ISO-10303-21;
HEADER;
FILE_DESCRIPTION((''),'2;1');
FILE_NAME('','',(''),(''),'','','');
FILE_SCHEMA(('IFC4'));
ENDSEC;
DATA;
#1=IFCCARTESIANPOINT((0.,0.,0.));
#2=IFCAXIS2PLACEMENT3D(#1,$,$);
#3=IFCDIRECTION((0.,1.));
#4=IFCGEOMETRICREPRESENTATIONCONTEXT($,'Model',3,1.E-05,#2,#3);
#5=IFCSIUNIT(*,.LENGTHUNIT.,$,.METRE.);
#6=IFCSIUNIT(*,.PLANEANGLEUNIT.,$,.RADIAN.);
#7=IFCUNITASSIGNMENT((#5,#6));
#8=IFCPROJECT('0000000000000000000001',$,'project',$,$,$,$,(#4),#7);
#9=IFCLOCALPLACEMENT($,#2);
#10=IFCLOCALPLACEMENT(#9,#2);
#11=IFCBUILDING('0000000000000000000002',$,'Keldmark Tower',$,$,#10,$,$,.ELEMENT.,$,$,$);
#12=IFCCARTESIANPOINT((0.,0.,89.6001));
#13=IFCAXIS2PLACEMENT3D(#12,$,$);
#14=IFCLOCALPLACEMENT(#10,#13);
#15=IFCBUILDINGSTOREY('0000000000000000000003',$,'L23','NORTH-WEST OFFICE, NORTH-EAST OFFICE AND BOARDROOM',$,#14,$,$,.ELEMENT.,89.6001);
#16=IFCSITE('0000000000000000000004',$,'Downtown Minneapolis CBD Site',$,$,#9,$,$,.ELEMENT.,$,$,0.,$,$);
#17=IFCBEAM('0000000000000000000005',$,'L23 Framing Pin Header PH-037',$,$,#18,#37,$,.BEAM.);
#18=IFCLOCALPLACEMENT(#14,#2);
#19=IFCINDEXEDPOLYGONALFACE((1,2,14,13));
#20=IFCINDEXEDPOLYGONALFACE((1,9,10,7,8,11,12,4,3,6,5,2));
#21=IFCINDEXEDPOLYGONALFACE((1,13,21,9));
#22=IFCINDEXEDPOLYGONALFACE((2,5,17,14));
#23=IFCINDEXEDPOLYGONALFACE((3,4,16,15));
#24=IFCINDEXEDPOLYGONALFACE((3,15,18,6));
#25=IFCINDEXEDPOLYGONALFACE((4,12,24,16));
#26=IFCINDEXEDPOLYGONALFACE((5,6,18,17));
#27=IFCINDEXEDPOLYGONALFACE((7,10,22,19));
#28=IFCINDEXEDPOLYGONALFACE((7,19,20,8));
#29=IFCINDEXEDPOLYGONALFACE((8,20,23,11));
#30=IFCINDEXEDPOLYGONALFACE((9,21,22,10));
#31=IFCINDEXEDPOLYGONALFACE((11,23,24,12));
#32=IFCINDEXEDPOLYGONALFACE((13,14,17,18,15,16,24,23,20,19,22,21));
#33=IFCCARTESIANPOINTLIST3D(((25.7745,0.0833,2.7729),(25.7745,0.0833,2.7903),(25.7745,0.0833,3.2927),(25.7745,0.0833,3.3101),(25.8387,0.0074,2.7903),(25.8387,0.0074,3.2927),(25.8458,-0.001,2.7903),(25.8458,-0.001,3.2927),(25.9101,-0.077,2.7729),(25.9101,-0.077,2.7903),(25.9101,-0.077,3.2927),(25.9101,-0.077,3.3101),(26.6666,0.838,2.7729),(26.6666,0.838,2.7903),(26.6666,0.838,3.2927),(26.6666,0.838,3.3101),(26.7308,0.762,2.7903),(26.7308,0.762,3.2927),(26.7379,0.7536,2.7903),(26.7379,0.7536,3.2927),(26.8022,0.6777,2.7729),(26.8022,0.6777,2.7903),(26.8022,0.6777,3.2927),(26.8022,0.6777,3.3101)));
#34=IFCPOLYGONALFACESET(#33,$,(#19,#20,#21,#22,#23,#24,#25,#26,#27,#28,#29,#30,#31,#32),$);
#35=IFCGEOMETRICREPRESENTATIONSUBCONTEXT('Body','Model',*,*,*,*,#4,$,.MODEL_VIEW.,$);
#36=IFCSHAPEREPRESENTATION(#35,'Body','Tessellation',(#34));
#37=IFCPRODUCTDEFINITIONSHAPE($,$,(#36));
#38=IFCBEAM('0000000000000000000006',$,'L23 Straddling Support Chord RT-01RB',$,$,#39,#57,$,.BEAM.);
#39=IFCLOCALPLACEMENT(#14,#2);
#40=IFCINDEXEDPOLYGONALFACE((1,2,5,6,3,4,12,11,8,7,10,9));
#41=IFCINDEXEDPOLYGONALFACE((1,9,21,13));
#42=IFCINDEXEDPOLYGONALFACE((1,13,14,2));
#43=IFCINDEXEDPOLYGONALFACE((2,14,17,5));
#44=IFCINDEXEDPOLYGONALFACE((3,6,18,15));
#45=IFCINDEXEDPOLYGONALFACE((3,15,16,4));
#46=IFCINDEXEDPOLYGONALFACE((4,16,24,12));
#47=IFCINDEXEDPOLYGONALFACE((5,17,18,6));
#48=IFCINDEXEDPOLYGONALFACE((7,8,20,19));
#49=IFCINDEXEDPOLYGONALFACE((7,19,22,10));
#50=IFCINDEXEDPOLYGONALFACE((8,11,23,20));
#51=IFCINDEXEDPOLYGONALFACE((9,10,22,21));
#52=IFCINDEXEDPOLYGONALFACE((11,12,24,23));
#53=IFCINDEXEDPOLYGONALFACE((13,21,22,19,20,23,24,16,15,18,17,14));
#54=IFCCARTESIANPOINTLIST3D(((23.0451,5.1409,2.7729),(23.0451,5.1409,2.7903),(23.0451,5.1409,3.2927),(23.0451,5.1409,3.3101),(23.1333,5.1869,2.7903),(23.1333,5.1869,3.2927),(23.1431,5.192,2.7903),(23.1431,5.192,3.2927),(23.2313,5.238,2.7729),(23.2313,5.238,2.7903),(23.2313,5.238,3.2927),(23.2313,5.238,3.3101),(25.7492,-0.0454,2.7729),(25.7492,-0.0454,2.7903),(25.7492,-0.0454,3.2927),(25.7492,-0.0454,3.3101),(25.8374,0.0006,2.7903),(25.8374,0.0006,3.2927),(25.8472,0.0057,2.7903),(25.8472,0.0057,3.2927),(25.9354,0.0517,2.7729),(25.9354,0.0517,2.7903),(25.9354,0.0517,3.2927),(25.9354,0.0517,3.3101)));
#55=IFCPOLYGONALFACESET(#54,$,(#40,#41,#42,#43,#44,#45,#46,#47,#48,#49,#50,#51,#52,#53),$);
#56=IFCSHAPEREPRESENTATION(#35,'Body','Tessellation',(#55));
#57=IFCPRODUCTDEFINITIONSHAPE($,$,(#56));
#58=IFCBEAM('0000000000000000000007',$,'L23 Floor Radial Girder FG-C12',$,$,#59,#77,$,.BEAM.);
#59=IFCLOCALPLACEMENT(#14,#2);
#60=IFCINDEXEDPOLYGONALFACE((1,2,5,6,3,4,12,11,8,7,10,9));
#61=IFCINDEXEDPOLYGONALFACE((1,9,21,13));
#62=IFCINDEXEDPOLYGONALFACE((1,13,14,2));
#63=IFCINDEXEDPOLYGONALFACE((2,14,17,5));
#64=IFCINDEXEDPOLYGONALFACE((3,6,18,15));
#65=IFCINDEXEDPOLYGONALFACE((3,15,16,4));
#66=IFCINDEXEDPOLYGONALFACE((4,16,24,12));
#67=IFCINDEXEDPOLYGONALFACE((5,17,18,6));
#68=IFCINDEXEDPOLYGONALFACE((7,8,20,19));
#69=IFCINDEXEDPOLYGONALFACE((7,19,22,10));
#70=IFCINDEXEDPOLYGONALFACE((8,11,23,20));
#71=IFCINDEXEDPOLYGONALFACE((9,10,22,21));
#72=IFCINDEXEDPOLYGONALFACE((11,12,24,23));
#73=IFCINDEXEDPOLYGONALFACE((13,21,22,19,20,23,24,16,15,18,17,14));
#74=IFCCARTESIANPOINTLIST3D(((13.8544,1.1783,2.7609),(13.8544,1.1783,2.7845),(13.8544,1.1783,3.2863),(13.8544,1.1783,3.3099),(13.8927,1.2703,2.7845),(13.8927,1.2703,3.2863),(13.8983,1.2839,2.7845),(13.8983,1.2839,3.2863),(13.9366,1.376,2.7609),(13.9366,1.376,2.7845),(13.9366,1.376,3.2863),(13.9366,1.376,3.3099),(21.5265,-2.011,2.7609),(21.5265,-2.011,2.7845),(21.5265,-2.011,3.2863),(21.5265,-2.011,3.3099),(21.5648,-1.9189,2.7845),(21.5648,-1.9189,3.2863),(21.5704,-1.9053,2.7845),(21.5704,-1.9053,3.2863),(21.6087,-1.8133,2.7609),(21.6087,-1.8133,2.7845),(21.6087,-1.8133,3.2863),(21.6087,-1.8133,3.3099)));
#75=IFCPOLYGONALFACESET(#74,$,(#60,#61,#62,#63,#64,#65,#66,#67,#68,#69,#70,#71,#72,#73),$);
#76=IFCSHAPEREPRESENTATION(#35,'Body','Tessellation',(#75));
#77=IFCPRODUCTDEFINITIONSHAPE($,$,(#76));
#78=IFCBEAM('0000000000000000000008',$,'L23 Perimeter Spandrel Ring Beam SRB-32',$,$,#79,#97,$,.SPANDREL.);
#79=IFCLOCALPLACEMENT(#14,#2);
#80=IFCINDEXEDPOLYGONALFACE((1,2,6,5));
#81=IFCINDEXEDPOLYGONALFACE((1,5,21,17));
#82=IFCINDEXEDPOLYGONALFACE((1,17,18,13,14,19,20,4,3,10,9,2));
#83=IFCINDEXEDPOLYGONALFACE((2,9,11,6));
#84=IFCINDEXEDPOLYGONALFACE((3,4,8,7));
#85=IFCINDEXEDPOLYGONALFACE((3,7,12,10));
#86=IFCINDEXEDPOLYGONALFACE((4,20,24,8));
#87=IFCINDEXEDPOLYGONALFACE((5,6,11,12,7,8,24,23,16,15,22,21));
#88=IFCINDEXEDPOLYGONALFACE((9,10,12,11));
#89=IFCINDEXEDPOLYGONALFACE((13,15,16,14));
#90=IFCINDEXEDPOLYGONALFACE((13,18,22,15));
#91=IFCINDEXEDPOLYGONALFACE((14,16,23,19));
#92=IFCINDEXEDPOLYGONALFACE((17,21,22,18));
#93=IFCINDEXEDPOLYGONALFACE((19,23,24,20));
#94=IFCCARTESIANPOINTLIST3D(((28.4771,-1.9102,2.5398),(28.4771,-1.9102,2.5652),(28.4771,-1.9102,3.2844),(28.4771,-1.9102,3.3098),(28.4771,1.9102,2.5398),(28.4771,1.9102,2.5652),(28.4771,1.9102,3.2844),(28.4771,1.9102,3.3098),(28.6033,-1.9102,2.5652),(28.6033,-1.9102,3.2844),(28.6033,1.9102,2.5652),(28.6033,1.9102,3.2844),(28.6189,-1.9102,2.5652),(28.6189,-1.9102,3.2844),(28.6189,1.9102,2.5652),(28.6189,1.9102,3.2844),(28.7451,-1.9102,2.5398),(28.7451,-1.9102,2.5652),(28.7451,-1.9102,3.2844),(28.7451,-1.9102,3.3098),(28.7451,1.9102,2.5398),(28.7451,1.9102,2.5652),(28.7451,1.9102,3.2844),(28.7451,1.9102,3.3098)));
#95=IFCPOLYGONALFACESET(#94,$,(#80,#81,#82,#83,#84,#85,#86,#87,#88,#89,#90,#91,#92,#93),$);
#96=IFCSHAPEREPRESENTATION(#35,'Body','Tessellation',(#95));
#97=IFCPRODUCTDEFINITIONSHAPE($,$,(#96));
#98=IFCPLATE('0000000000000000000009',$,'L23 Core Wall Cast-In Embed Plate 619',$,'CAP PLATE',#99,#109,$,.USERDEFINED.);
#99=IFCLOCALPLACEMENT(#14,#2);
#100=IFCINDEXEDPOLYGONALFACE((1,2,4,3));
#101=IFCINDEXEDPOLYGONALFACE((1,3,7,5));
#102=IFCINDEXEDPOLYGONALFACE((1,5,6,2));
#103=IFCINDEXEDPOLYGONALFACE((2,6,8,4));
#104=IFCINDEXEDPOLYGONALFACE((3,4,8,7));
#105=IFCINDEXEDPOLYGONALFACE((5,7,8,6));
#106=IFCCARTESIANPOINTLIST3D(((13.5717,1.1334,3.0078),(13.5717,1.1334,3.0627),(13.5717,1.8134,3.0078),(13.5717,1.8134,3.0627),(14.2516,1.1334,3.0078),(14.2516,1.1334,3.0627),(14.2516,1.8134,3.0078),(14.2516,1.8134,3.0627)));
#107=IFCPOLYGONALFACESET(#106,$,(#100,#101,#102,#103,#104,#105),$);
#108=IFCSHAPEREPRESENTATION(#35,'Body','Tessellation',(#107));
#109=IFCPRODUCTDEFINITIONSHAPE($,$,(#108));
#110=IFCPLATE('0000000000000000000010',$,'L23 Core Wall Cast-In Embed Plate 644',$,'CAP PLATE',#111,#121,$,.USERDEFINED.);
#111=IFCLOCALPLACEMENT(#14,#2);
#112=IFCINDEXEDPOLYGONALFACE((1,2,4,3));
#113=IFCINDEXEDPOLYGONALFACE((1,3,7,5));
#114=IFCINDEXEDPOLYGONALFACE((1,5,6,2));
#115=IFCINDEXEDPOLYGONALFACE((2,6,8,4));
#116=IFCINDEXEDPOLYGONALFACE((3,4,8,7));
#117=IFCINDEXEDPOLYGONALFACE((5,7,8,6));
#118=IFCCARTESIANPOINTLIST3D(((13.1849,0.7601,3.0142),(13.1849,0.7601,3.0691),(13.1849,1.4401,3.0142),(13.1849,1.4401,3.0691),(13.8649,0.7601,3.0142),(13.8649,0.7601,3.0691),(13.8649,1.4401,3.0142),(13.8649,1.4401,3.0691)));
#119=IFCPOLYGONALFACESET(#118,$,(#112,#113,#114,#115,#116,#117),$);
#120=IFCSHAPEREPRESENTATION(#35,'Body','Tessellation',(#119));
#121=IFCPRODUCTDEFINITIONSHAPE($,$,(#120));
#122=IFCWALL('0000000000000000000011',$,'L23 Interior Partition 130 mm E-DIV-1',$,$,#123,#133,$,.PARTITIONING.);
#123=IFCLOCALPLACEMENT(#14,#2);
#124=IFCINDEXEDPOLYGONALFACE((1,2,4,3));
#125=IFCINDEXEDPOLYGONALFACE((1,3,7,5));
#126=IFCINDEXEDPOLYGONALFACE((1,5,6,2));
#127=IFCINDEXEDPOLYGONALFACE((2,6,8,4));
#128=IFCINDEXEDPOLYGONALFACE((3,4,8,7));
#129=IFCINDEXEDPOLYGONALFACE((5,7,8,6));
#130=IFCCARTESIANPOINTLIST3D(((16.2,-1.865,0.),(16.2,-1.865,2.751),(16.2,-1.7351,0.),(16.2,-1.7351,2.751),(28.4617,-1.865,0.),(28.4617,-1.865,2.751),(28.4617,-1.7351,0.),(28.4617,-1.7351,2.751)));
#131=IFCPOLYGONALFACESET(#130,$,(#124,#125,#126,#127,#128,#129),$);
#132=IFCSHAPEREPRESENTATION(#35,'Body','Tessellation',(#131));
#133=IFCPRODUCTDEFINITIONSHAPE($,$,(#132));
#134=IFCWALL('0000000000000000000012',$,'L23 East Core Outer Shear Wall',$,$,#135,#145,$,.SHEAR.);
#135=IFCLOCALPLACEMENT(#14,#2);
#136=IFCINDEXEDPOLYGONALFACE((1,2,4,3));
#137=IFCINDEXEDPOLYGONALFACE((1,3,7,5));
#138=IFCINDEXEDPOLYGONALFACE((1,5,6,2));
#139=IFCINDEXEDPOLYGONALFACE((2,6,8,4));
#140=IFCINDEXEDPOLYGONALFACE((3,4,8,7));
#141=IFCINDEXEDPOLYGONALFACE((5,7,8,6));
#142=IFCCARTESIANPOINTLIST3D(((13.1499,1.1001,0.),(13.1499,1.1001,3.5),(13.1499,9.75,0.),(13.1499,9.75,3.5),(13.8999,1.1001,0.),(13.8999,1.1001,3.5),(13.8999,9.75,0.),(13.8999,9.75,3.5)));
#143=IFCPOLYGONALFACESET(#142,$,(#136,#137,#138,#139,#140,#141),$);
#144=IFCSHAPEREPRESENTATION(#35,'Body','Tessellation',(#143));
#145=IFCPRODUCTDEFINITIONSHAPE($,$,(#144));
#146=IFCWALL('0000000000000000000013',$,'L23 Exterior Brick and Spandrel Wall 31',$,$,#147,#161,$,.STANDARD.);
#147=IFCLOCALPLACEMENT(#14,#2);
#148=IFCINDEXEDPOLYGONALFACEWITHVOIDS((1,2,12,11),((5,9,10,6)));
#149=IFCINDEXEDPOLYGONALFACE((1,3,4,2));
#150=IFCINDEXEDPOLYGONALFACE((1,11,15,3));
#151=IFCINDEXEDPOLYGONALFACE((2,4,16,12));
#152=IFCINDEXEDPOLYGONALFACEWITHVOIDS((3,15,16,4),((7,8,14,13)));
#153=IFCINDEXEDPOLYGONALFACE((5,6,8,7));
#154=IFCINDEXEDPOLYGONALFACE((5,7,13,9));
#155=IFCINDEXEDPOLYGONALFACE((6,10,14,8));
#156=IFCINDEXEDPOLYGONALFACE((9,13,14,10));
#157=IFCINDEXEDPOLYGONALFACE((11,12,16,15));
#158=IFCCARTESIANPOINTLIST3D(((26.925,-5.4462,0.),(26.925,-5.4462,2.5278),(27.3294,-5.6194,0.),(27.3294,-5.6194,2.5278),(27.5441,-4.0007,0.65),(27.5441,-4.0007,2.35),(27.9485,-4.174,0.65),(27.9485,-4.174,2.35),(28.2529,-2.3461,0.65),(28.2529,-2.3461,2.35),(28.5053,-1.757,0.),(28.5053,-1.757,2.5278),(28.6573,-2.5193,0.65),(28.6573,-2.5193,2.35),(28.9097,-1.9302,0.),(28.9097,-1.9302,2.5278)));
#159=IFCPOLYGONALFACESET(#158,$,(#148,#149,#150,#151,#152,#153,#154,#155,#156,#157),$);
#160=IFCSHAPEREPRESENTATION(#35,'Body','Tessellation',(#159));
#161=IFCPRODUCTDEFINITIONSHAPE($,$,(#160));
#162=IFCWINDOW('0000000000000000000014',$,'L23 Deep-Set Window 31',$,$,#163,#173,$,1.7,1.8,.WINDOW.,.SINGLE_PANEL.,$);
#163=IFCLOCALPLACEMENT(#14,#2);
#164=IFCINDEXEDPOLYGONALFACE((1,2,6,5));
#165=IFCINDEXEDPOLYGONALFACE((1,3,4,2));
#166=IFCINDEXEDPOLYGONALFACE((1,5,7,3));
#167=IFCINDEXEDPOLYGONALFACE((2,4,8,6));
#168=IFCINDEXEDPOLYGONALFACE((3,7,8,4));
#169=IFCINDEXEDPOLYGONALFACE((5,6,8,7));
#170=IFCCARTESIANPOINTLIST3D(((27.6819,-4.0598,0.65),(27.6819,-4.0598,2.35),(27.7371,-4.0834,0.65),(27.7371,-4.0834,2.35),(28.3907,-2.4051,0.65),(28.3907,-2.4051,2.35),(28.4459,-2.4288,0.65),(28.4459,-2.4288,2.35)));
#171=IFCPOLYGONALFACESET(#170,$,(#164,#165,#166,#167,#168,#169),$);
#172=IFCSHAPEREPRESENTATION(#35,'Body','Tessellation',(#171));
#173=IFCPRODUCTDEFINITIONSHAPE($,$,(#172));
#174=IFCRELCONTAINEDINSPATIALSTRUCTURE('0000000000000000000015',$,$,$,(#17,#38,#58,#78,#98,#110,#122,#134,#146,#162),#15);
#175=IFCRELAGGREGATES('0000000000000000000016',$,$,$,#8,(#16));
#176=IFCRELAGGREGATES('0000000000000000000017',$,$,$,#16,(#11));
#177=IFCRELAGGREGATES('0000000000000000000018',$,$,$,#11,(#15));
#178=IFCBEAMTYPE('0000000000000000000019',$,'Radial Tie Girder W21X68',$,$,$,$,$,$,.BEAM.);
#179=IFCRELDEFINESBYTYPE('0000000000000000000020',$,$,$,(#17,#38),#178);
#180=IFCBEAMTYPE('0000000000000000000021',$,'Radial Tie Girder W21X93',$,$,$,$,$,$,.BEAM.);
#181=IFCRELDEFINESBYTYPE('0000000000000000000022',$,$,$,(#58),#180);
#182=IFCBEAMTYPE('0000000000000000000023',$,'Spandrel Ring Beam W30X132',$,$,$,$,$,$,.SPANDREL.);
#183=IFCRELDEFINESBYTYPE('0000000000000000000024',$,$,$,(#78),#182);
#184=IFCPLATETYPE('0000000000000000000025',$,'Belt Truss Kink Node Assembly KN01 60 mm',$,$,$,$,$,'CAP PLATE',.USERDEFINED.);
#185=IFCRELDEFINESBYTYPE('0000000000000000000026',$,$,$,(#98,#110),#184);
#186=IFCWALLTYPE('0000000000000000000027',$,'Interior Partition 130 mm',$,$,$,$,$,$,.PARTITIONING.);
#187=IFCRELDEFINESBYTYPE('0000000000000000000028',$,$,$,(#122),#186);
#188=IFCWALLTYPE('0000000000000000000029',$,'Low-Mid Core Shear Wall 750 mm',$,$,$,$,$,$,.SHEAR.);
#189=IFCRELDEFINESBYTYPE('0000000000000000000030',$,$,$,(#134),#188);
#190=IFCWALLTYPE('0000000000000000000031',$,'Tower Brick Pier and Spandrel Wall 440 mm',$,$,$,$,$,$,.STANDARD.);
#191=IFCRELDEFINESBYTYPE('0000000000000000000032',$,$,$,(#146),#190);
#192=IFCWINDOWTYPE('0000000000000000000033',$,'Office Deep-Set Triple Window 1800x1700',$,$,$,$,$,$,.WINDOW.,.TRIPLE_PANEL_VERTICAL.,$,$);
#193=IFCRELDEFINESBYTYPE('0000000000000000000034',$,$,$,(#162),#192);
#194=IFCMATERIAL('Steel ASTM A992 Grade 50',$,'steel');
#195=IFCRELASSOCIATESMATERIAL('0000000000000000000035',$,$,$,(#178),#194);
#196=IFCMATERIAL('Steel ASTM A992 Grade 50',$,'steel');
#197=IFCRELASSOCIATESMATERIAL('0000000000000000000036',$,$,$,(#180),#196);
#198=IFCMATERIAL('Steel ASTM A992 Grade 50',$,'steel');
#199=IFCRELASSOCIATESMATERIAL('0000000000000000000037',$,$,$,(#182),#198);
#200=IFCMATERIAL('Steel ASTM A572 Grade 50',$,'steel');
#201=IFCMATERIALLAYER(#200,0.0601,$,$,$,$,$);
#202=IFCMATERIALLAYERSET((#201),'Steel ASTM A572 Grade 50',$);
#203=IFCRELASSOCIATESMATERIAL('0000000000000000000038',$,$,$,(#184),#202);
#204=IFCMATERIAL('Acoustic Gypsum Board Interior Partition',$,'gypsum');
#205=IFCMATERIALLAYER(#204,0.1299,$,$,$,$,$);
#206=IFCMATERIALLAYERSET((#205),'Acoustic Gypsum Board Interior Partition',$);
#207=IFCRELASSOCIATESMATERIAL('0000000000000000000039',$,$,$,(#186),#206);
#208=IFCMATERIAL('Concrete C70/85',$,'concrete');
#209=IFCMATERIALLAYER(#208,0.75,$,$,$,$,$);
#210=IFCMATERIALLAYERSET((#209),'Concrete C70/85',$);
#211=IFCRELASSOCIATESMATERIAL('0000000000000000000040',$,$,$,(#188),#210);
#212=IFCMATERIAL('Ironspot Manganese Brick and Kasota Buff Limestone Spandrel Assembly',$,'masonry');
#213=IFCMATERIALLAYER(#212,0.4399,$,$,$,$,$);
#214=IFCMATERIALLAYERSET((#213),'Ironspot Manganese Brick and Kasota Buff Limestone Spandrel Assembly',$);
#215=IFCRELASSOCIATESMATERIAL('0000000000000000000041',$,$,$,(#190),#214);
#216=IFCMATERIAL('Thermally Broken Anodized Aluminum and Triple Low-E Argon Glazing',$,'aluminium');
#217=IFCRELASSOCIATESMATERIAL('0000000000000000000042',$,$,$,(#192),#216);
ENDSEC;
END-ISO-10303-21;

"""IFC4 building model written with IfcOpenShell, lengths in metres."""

from ifc_helpers import new_model, si_unit, direction, frame, frame_2d, origin, origin_2d, place, context, subcontext, project, spatial, rectangle, i_section, extrude, material, layer, layer_set, material_profile, profile_set, type_object, element, fill, save


model = new_model("IFC4")

# Units and contexts
model_context = context("Model", 3, precision=1e-05, world=origin(), true_north=direction((0.0, 1.0)))
body_context = subcontext(model_context, "Body", "Model", "MODEL_VIEW")
ifc_project = project(units=[si_unit("LENGTHUNIT", "METRE"), si_unit("PLANEANGLEUNIT", "RADIAN")], contexts=[model_context])

# Site, building, storey
site_placement = place(None, origin())
site = spatial("IfcSite", under=ifc_project, at=site_placement, Name="Downtown Minneapolis CBD Site", CompositionType="ELEMENT", RefElevation=0.0)
building_placement = place(site_placement, origin())
building = spatial("IfcBuilding", under=site, at=building_placement, Name="Keldmark Tower", CompositionType="ELEMENT")
storey_placement = place(building_placement, frame((0.0, 0.0, 89.6001)))
storey = spatial("IfcBuildingStorey", under=building, at=storey_placement, Name="L23", Description="NORTH-WEST OFFICE, NORTH-EAST OFFICE AND BOARDROOM", CompositionType="ELEMENT", Elevation=89.6001)

# Beams
ifc_material_1 = material(Name="Steel ASTM A992 Grade 50", Category="steel")
ifc_material_profile_1 = material_profile(ifc_material_1, i_section(OverallWidth=0.21, OverallDepth=0.5371, WebThickness=0.011, FlangeThickness=0.0173, at=origin_2d()), Name="W21X68")
ifc_profile_set_1 = profile_set([ifc_material_profile_1], Name="Steel ASTM A992 Grade 50")
beam_type_1 = type_object("IfcBeamType", Name="Radial Tie Girder W21X68", PredefinedType="BEAM", material=ifc_profile_set_1)
beam_1_placement = place(storey_placement, frame((26.7344, 0.7578, 3.0415), z_axis=(-0.763473, -0.645839, 0.0), x_axis=(0.645839, -0.763473, 0.0)))
element("IfcBeam", 1, at=beam_1_placement, inside=storey, type_object=beam_type_1, Name="L23 Framing Pin Header PH-037", PredefinedType="BEAM", context=body_context, shape_type="SweptSolid", body=[
    extrude(i_section(OverallWidth=0.21, OverallDepth=0.5371, WebThickness=0.011, FlangeThickness=0.0173, at=origin_2d()), origin(), (0.0, 0.0, 1.0), 1.1685),
])
beam_2_placement = place(storey_placement, frame((25.8423, 0.0032, 3.0415), z_axis=(-0.462326, 0.88671, 0.0), x_axis=(-0.88671, -0.462326, 0.0)))
element("IfcBeam", 2, at=beam_2_placement, inside=storey, type_object=beam_type_1, Name="L23 Straddling Support Chord RT-01RB", PredefinedType="BEAM", context=body_context, shape_type="SweptSolid", body=[
    extrude(i_section(OverallWidth=0.21, OverallDepth=0.5371, WebThickness=0.011, FlangeThickness=0.0173, at=origin_2d()), origin(), (0.0, 0.0, 1.0), 5.8489),
])
ifc_material_2 = material(Name="Steel ASTM A992 Grade 50", Category="steel")
ifc_material_profile_2 = material_profile(ifc_material_2, i_section(OverallWidth=0.2141, OverallDepth=0.5491, WebThickness=0.0146, FlangeThickness=0.0237, at=origin_2d()), Name="W21X93")
ifc_profile_set_2 = profile_set([ifc_material_profile_2], Name="Steel ASTM A992 Grade 50")
beam_type_2 = type_object("IfcBeamType", Name="Radial Tie Girder W21X93", PredefinedType="BEAM", material=ifc_profile_set_2)
beam_3_placement = place(storey_placement, frame((21.5676, -1.9121, 3.0354), z_axis=(-0.923397, 0.383845, 0.0), x_axis=(-0.383845, -0.923397, 0.0)))
element("IfcBeam", 3, at=beam_3_placement, inside=storey, type_object=beam_type_2, Name="L23 Floor Radial Girder FG-C12", PredefinedType="BEAM", context=body_context, shape_type="SweptSolid", body=[
    extrude(i_section(OverallWidth=0.2141, OverallDepth=0.5491, WebThickness=0.0146, FlangeThickness=0.0237, at=origin_2d()), origin(), (0.0, 0.0, 1.0), 8.3086),
])
ifc_material_3 = material(Name="Steel ASTM A992 Grade 50", Category="steel")
ifc_material_profile_3 = material_profile(ifc_material_3, i_section(OverallWidth=0.2681, OverallDepth=0.77, WebThickness=0.0156, FlangeThickness=0.0254, at=origin_2d()), Name="W30X132")
ifc_profile_set_3 = profile_set([ifc_material_profile_3], Name="Steel ASTM A992 Grade 50")
beam_type_3 = type_object("IfcBeamType", Name="Spandrel Ring Beam W30X132", PredefinedType="SPANDREL", material=ifc_profile_set_3)
beam_4_placement = place(storey_placement, frame((28.6111, -1.9102, 2.9248), z_axis=(0.0, 1.0, 0.0), x_axis=(-1.0, 0.0, 0.0)))
element("IfcBeam", 4, at=beam_4_placement, inside=storey, type_object=beam_type_3, Name="L23 Perimeter Spandrel Ring Beam SRB-32", PredefinedType="SPANDREL", context=body_context, shape_type="SweptSolid", body=[
    extrude(i_section(OverallWidth=0.2681, OverallDepth=0.77, WebThickness=0.0156, FlangeThickness=0.0254, at=origin_2d()), origin(), (0.0, 0.0, 1.0), 3.8203),
])

# Plates
ifc_material_4 = material(Name="Steel ASTM A572 Grade 50", Category="steel")
ifc_layer_1 = layer(ifc_material_4, 0.0601)
ifc_layer_set_1 = layer_set([ifc_layer_1], Name="Steel ASTM A572 Grade 50")
plate_type = type_object("IfcPlateType", Name="Belt Truss Kink Node Assembly KN01 60 mm", ElementType="CAP PLATE", PredefinedType="USERDEFINED", material=ifc_layer_set_1)
for number, where, z_axis, x_axis, name in (
    (5, (13.9116, 1.4734, 3.0078), (0.0, 0.0, 1.0), (1.0, 0.0, 0.0), "L23 Core Wall Cast-In Embed Plate 619"),
    (6, (13.5249, 1.1001, 3.0142), (0.0, 0.0, 1.0), (1.0, 0.0, 0.0), "L23 Core Wall Cast-In Embed Plate 644"),
):
    element("IfcPlate", number, at=place(storey_placement, frame(where, z_axis=z_axis, x_axis=x_axis)), inside=storey, type_object=plate_type, Name=name, ObjectType="CAP PLATE", PredefinedType="USERDEFINED", context=body_context, shape_type="SweptSolid", body=[
        extrude(rectangle(XDim=0.6799, YDim=0.6799, at=origin_2d()), origin(), (0.0, 0.0, 1.0), 0.0549),
    ])

# Walls
ifc_material_5 = material(Name="Acoustic Gypsum Board Interior Partition", Category="gypsum")
ifc_layer_2 = layer(ifc_material_5, 0.1299)
ifc_layer_set_2 = layer_set([ifc_layer_2], Name="Acoustic Gypsum Board Interior Partition")
wall_type_1 = type_object("IfcWallType", Name="Interior Partition 130 mm", PredefinedType="PARTITIONING", material=ifc_layer_set_2)
wall_1_placement = place(storey_placement, frame((16.2, -1.8, 0.0), z_axis=(0.0, 0.0, 1.0), x_axis=(1.0, 0.0, 0.0)))
element("IfcWall", 7, at=wall_1_placement, inside=storey, type_object=wall_type_1, Name="L23 Interior Partition 130 mm E-DIV-1", PredefinedType="PARTITIONING", context=body_context, shape_type="SweptSolid", body=[
    extrude(rectangle(XDim=12.2617, YDim=0.1299, at=frame_2d((6.1309, 0.0))), origin(), (0.0, 0.0, 1.0), 2.751),
])
ifc_material_6 = material(Name="Concrete C70/85", Category="concrete")
ifc_layer_3 = layer(ifc_material_6, 0.75)
ifc_layer_set_3 = layer_set([ifc_layer_3], Name="Concrete C70/85")
wall_type_2 = type_object("IfcWallType", Name="Low-Mid Core Shear Wall 750 mm", PredefinedType="SHEAR", material=ifc_layer_set_3)
wall_2_placement = place(storey_placement, frame((13.5249, 1.1001, 0.0), z_axis=(0.0, 0.0, 1.0), x_axis=(0.0, 1.0, 0.0)))
element("IfcWall", 8, at=wall_2_placement, inside=storey, type_object=wall_type_2, Name="L23 East Core Outer Shear Wall", PredefinedType="SHEAR", context=body_context, shape_type="SweptSolid", body=[
    extrude(rectangle(XDim=8.6499, YDim=0.75, at=frame_2d((4.325, 0.0))), origin(), (0.0, 0.0, 1.0), 3.5),
])

# Wall, opening, window
ifc_material_7 = material(Name="Ironspot Manganese Brick and Kasota Buff Limestone Spandrel Assembly", Category="masonry")
ifc_layer_4 = layer(ifc_material_7, 0.4399)
ifc_layer_set_4 = layer_set([ifc_layer_4], Name="Ironspot Manganese Brick and Kasota Buff Limestone Spandrel Assembly")
wall_type_3 = type_object("IfcWallType", Name="Tower Brick Pier and Spandrel Wall 440 mm", PredefinedType="STANDARD", material=ifc_layer_set_4)
wall_3_placement = place(storey_placement, frame((28.7075, -1.8435, 0.0), z_axis=(0.0, 0.0, 1.0), x_axis=(-0.393758, -0.919214, 0.0)))
wall_3 = element("IfcWall", 9, at=wall_3_placement, inside=storey, type_object=wall_type_3, Name="L23 Exterior Brick and Spandrel Wall 31", PredefinedType="STANDARD", context=body_context, shape_type="SweptSolid", body=[
    extrude(rectangle(XDim=4.0134, YDim=0.4399, at=frame_2d((2.0068, 0.0))), origin(), (0.0, 0.0, 1.0), 2.5278),
])
opening_1_placement = place(wall_3_placement, frame((0.6411, 0.0, 0.6499)))
opening_1 = element("IfcOpeningElement", 10, at=opening_1_placement, cuts=wall_3, PredefinedType="OPENING", context=body_context, shape_type="SweptSolid", body=[
    extrude(rectangle(XDim=1.8, YDim=1.7, at=frame_2d((0.8999, 0.8501))), frame((0.0, 0.23, 0.0), z_axis=(0.0, -1.0, 0.0), x_axis=(1.0, 0.0, 0.0)), (0.0, 0.0, 1.0), 0.46),
])
ifc_material_8 = material(Name="Thermally Broken Anodized Aluminum and Triple Low-E Argon Glazing", Category="aluminium")
window_type = type_object("IfcWindowType", Name="Office Deep-Set Triple Window 1800x1700", PartitioningType="TRIPLE_PANEL_VERTICAL", PredefinedType="WINDOW", material=ifc_material_8)
window_placement = place(opening_1_placement, origin())
window = element("IfcWindow", 11, at=window_placement, inside=storey, type_object=window_type, Name="L23 Deep-Set Window 31", OverallHeight=1.7, OverallWidth=1.8, PartitioningType="SINGLE_PANEL", PredefinedType="WINDOW", context=body_context, shape_type="SweptSolid", body=[
    extrude(rectangle(XDim=1.8, YDim=1.7, at=frame_2d((0.8999, 0.8501))), frame((0.0, -0.01, 0.0), z_axis=(0.0, -1.0, 0.0), x_axis=(1.0, 0.0, 0.0)), (0.0, 0.0, 1.0), 0.0601),
])
fill(opening_1, window)

save(model, "model.ifc")
